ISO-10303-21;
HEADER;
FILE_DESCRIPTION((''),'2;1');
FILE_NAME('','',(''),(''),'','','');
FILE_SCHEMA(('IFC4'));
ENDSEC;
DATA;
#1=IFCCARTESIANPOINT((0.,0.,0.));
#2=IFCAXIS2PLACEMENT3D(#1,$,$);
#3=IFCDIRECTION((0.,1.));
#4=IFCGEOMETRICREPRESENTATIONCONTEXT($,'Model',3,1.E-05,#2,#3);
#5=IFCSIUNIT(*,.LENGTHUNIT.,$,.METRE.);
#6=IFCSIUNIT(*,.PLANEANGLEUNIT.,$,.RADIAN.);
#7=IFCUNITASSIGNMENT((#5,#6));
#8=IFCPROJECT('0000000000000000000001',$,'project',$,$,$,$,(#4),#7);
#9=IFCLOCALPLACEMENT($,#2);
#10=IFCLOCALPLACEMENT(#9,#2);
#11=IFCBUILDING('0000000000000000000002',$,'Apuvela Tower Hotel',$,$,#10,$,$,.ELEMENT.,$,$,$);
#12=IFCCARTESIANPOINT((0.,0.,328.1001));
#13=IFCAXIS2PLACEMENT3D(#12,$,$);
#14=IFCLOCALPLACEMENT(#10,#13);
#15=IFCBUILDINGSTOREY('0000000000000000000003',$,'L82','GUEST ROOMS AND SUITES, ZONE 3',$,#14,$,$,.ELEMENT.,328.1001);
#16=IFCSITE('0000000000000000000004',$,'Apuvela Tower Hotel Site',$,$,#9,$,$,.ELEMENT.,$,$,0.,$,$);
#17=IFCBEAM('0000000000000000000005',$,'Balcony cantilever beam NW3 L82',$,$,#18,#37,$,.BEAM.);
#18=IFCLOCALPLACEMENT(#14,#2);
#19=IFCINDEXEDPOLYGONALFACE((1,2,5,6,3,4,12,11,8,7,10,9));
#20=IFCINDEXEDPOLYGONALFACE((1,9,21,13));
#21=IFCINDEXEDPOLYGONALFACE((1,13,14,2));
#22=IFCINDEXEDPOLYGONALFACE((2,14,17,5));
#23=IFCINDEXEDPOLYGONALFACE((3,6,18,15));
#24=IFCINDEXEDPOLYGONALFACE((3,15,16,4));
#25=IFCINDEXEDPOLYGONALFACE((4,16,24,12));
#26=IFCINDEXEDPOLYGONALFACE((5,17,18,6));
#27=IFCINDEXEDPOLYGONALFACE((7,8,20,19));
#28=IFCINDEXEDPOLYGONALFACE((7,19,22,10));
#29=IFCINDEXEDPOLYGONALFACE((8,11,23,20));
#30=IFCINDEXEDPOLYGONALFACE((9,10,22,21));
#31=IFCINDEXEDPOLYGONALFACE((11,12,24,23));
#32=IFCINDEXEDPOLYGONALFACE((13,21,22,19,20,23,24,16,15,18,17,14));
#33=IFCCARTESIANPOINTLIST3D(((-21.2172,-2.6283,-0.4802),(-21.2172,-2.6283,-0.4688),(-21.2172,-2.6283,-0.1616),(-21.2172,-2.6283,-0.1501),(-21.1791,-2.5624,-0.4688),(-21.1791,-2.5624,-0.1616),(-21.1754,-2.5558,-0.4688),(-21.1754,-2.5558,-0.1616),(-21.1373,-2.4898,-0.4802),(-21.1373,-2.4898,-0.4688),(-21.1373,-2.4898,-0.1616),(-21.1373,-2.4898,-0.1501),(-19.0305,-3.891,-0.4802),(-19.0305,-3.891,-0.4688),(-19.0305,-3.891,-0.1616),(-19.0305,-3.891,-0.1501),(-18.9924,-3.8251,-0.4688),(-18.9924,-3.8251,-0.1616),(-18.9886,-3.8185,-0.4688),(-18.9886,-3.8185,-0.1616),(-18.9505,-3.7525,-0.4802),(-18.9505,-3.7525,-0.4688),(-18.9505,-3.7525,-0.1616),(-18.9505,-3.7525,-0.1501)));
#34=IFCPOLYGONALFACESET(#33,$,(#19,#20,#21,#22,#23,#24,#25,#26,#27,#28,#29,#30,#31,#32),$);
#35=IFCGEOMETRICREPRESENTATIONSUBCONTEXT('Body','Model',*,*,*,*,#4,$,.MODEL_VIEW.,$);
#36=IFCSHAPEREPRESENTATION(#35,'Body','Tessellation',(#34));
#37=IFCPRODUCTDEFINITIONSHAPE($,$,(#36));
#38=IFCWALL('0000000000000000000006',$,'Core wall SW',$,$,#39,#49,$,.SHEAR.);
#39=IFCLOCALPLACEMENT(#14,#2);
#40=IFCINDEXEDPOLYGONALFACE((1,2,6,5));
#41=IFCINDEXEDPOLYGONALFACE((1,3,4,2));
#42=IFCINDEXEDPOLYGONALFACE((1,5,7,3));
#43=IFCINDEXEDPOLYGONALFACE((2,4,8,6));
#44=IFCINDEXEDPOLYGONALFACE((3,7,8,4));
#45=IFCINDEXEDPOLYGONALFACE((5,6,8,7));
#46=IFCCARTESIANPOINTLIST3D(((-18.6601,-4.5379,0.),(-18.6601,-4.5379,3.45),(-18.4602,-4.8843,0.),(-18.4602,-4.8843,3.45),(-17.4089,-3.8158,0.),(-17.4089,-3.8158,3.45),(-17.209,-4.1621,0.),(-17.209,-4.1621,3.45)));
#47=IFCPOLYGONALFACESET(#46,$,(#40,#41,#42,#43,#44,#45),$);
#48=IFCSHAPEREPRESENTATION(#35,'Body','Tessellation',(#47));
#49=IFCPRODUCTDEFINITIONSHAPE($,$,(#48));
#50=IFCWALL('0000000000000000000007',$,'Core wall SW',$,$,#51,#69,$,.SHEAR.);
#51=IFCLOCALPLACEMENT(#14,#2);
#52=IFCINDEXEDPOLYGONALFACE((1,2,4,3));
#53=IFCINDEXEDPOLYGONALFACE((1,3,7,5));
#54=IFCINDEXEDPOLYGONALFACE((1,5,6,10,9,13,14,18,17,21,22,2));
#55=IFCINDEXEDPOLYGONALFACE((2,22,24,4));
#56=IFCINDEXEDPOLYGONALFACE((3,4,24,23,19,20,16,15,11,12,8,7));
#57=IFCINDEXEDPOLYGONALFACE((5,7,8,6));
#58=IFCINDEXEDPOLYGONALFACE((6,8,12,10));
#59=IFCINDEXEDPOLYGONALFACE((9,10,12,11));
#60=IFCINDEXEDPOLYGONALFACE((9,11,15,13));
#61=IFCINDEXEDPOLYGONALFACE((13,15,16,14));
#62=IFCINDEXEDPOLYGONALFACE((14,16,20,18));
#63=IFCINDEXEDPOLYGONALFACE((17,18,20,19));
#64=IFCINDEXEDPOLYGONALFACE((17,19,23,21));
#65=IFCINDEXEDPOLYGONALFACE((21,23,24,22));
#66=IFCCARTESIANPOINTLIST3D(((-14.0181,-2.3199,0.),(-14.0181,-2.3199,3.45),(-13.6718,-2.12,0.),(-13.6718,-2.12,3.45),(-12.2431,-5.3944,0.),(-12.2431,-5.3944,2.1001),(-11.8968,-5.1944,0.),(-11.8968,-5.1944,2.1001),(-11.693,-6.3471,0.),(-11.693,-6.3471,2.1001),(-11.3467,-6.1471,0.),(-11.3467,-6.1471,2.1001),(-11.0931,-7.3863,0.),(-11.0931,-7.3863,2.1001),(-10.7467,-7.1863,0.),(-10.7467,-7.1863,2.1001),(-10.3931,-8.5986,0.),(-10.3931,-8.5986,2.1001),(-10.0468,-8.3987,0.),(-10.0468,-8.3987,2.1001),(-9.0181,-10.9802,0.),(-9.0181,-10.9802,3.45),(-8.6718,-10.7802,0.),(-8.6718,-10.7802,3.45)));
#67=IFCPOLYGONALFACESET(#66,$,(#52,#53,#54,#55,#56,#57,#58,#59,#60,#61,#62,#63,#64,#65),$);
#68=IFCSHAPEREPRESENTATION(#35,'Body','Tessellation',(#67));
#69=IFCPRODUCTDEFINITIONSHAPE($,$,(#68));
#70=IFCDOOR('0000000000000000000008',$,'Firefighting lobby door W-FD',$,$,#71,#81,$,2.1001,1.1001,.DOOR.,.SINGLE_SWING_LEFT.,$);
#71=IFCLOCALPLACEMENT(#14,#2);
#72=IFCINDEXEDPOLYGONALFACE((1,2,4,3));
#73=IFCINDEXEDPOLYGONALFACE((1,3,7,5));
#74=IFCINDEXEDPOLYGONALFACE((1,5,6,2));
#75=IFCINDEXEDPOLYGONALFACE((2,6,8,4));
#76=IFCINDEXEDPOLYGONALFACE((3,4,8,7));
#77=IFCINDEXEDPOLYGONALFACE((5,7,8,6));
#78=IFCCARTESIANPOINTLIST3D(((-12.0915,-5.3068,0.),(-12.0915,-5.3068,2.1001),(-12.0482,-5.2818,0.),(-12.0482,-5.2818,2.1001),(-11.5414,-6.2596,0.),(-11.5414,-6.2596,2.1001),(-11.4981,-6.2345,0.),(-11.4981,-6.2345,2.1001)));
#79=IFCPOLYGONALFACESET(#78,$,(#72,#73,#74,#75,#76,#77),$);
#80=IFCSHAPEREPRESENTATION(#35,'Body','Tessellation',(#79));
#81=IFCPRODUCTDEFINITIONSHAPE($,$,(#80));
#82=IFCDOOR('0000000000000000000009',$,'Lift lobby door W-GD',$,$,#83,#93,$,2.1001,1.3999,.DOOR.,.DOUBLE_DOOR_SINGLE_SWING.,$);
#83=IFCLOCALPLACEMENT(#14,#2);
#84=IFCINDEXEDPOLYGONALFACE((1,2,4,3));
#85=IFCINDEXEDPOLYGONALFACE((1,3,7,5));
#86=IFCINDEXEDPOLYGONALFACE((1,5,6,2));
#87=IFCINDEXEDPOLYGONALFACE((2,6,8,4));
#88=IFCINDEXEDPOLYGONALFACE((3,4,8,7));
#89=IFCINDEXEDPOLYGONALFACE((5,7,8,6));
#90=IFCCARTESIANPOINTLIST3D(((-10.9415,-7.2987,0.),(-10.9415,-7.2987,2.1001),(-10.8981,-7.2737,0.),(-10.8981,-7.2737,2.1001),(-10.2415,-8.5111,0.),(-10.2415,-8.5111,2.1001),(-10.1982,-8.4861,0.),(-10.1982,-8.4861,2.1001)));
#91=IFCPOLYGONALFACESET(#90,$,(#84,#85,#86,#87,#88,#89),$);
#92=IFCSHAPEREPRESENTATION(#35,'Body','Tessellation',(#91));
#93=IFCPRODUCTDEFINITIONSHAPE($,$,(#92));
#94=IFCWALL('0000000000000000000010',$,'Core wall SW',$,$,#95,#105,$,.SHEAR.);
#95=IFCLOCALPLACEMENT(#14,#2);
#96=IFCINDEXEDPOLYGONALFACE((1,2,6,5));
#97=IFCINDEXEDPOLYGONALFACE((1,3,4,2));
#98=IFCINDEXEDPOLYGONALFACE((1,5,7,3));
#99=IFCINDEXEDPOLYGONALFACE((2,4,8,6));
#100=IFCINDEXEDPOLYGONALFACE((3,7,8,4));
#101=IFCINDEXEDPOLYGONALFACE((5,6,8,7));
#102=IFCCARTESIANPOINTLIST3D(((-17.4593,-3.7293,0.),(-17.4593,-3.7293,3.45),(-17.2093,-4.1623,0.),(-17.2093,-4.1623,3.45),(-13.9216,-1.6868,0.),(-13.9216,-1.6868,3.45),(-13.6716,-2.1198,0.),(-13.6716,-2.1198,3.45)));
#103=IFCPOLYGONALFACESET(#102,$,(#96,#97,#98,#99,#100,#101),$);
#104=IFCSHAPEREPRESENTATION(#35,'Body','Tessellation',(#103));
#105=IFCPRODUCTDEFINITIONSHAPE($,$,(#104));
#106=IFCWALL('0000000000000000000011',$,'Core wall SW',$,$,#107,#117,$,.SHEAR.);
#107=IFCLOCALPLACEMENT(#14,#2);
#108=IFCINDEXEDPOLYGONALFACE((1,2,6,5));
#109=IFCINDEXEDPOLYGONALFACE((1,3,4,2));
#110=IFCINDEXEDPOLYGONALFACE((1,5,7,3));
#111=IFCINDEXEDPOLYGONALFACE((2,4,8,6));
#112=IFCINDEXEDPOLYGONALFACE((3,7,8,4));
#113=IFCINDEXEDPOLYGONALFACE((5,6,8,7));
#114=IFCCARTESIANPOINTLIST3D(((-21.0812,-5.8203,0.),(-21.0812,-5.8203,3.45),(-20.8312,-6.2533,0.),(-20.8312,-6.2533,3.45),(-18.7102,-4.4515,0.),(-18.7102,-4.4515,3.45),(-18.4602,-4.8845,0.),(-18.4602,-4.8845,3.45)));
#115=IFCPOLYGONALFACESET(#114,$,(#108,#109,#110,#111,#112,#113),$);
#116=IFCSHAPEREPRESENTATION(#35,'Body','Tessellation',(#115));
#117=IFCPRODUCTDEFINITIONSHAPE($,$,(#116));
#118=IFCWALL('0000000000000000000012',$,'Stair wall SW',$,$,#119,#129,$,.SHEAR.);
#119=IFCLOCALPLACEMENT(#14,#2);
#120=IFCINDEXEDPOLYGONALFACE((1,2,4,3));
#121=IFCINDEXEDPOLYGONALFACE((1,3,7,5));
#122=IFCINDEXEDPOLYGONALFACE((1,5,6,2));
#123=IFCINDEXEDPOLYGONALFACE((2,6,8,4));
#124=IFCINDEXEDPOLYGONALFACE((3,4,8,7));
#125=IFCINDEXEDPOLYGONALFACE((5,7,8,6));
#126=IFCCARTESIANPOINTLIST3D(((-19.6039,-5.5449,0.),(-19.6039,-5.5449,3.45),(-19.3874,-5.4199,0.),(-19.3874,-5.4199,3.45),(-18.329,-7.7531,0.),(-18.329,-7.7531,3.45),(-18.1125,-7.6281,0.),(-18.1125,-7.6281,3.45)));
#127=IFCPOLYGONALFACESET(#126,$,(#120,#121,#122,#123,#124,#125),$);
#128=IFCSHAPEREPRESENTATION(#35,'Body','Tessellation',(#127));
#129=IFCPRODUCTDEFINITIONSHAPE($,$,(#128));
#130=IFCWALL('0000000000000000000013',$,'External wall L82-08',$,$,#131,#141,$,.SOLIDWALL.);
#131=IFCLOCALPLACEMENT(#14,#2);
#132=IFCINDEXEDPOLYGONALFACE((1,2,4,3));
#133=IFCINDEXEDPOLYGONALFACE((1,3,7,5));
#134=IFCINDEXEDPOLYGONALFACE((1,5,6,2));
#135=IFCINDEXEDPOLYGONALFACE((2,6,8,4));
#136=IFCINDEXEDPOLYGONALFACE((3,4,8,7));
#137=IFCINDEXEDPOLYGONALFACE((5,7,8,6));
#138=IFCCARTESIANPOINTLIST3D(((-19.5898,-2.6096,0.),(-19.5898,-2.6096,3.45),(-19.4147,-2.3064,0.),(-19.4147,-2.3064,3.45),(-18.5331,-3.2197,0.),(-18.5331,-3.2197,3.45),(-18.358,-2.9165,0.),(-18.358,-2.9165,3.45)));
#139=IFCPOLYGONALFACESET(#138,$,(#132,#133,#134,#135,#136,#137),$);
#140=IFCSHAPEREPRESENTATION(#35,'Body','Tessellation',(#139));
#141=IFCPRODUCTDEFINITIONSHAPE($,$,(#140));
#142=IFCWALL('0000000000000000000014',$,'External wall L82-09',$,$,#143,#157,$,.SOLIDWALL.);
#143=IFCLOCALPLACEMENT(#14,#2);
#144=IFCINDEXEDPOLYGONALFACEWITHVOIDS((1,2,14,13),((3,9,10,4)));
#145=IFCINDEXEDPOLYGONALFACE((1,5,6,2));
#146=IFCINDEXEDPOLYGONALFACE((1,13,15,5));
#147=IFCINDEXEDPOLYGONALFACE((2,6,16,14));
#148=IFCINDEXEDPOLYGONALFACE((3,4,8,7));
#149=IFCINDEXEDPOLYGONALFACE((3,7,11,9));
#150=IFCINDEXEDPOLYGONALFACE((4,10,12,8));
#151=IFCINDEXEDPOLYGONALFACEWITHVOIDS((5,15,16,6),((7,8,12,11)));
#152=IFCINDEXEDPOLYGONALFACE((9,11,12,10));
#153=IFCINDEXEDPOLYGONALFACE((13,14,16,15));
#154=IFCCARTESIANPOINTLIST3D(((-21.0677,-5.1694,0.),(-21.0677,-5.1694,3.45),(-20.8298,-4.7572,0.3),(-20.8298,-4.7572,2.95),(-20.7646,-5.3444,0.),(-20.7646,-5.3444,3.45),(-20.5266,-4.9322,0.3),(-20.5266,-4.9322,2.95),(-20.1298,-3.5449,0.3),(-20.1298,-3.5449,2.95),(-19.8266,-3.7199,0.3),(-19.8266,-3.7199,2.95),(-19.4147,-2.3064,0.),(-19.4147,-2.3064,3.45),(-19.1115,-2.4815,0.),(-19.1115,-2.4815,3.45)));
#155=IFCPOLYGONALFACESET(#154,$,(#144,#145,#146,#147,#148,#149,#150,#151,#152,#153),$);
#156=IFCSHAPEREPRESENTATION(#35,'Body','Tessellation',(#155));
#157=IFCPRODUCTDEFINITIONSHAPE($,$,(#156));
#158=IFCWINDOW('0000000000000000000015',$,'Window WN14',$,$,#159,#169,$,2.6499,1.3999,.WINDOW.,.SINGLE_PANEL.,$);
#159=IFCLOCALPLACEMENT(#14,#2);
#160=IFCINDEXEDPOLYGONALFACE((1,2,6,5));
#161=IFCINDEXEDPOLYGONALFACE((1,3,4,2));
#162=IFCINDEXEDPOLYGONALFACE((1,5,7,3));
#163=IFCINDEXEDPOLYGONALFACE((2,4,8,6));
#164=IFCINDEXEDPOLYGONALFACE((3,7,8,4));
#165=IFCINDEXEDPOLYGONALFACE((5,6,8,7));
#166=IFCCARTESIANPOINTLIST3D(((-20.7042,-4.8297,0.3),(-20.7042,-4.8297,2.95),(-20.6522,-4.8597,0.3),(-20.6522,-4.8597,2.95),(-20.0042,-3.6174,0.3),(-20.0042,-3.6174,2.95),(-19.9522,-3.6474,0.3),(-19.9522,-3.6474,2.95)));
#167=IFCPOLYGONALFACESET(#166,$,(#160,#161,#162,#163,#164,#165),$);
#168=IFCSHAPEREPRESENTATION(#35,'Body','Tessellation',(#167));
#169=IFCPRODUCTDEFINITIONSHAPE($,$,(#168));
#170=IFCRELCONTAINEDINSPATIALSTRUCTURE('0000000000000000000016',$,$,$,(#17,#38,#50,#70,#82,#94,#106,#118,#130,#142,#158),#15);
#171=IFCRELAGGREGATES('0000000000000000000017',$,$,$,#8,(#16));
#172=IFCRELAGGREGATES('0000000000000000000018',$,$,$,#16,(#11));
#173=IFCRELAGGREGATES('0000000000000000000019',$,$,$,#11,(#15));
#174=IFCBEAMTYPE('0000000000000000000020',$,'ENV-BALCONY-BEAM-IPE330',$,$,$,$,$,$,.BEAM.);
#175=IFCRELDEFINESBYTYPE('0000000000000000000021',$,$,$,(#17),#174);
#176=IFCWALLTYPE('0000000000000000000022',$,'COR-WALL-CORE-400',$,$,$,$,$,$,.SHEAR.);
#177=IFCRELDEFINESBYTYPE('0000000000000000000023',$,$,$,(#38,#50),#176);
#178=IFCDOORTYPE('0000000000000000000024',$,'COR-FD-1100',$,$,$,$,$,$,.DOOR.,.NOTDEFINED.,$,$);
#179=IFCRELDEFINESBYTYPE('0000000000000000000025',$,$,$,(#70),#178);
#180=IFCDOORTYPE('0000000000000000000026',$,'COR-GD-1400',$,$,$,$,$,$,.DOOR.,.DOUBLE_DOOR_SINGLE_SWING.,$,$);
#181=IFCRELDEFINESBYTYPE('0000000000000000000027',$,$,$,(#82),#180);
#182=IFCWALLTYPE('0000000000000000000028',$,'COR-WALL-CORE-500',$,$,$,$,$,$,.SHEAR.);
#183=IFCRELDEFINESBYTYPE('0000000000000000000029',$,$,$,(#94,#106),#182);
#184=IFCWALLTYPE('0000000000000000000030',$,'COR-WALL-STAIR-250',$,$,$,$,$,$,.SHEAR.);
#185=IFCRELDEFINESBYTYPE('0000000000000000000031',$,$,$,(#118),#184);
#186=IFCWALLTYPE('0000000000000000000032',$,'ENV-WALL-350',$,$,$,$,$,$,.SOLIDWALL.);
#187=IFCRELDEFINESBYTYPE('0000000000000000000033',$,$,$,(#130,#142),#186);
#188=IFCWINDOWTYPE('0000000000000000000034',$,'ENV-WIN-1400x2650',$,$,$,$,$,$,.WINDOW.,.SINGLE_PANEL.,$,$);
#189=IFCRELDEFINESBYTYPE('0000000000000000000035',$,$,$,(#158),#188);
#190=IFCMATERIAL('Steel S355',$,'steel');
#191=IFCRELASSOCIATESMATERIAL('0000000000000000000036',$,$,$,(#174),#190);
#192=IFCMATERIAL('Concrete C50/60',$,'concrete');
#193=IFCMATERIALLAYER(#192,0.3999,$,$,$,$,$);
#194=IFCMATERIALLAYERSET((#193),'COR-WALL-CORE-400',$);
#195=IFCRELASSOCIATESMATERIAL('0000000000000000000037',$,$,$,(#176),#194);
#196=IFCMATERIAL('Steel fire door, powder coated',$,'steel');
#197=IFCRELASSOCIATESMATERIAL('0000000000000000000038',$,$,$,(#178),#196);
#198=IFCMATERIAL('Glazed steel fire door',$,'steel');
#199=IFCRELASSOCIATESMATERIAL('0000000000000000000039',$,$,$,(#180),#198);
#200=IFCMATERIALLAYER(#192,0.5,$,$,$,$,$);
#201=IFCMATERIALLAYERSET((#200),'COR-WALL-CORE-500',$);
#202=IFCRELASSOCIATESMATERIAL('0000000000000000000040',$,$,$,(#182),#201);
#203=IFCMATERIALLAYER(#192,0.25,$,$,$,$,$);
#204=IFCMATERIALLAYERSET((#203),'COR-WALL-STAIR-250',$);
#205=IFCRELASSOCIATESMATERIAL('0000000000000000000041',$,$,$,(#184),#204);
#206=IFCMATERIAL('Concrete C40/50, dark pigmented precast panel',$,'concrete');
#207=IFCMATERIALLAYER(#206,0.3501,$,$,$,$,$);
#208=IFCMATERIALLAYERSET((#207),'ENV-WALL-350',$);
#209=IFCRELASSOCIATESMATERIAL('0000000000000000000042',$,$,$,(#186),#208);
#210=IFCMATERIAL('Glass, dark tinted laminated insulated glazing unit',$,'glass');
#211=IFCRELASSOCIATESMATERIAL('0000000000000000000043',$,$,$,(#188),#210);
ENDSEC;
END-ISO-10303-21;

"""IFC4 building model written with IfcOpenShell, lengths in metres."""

from ifc_helpers import new_model, si_unit, direction, frame, frame_2d, origin, origin_2d, place, context, subcontext, project, spatial, rectangle, i_section, extrude, material, layer, layer_set, material_profile, profile_set, type_object, element, fill, save


model = new_model("IFC4")

# Units and contexts
model_context = context("Model", 3, precision=1e-05, world=origin(), true_north=direction((0.0, 1.0)))
body_context = subcontext(model_context, "Body", "Model", "MODEL_VIEW")
ifc_project = project(units=[si_unit("LENGTHUNIT", "METRE"), si_unit("PLANEANGLEUNIT", "RADIAN")], contexts=[model_context])

# Site, building, storey
site_placement = place(None, origin())
site = spatial("IfcSite", under=ifc_project, at=site_placement, Name="Apuvela Tower Hotel Site", CompositionType="ELEMENT", RefElevation=0.0)
building_placement = place(site_placement, origin())
building = spatial("IfcBuilding", under=site, at=building_placement, Name="Apuvela Tower Hotel", CompositionType="ELEMENT")
storey_placement = place(building_placement, frame((0.0, 0.0, 328.1001)))
storey = spatial("IfcBuildingStorey", under=building, at=storey_placement, Name="L82", Description="GUEST ROOMS AND SUITES, ZONE 3", CompositionType="ELEMENT", Elevation=328.1001)

# Beam
ifc_material_1 = material(Name="Steel S355", Category="steel")
ifc_material_profile_1 = material_profile(ifc_material_1, i_section(OverallWidth=0.1599, OverallDepth=0.3301, WebThickness=0.0076, FlangeThickness=0.0115, at=origin_2d()), Name="IPE 330")
ifc_profile_set_1 = profile_set([ifc_material_profile_1], Name="Steel S355")
beam_type = type_object("IfcBeamType", Name="ENV-BALCONY-BEAM-IPE330", PredefinedType="BEAM", material=ifc_profile_set_1)
beam_placement = place(storey_placement, frame((-18.9905, -3.8218, -0.3152), z_axis=(-0.865997, 0.500049, 0.0), x_axis=(-0.500049, -0.865997, 0.0)))
element("IfcBeam", 1, at=beam_placement, inside=storey, type_object=beam_type, Name="Balcony cantilever beam NW3 L82", PredefinedType="BEAM", context=body_context, shape_type="SweptSolid", body=[
    extrude(i_section(OverallWidth=0.1599, OverallDepth=0.3301, WebThickness=0.0076, FlangeThickness=0.0115, at=origin_2d()), origin(), (0.0, 0.0, 1.0), 2.5251),
])

# Wall
ifc_material_2 = material(Name="Concrete C50/60", Category="concrete")
ifc_layer_1 = layer(ifc_material_2, 0.3999)
ifc_layer_set_1 = layer_set([ifc_layer_1], Name="COR-WALL-CORE-400")
wall_type_1 = type_object("IfcWallType", Name="COR-WALL-CORE-400", PredefinedType="SHEAR", material=ifc_layer_set_1)
wall_1_placement = place(storey_placement, frame((-17.3091, -3.989, 0.0), z_axis=(0.0, 0.0, 1.0), x_axis=(-0.866093, -0.499883, 0.0)))
element("IfcWall", 2, at=wall_1_placement, inside=storey, type_object=wall_type_1, Name="Core wall SW", PredefinedType="SHEAR", context=body_context, shape_type="SweptSolid", body=[
    extrude(rectangle(XDim=1.4446, YDim=0.3999, at=frame_2d((0.7222, 0.0))), origin(), (0.0, 0.0, 1.0), 3.45),
])

# Wall, openings, doors
wall_2_placement = place(storey_placement, frame((-13.845, -2.22, 0.0), z_axis=(0.0, 0.0, 1.0), x_axis=(0.500004, -0.866023, 0.0)))
wall_2 = element("IfcWall", 3, at=wall_2_placement, inside=storey, type_object=wall_type_1, Name="Core wall SW", PredefinedType="SHEAR", context=body_context, shape_type="SweptSolid", body=[
    extrude(rectangle(XDim=10.0, YDim=0.3999, at=frame_2d((5.0, 0.0))), origin(), (0.0, 0.0, 1.0), 3.45),
])
opening_1_placement = place(wall_2_placement, frame((3.55, 0.0, 0.0)))
opening_1 = element("IfcOpeningElement", 4, at=opening_1_placement, cuts=wall_2, PredefinedType="OPENING", context=body_context, shape_type="SweptSolid", body=[
    extrude(rectangle(XDim=1.1001, YDim=2.1001, at=frame_2d((0.55, 1.05))), frame((0.0, 0.21, 0.0), z_axis=(0.0, -1.0, 0.0), x_axis=(1.0, 0.0, 0.0)), (0.0, 0.0, 1.0), 0.4199),
])
opening_2_placement = place(wall_2_placement, frame((5.8501, 0.0, 0.0)))
opening_2 = element("IfcOpeningElement", 5, at=opening_2_placement, cuts=wall_2, PredefinedType="OPENING", context=body_context, shape_type="SweptSolid", body=[
    extrude(rectangle(XDim=1.3999, YDim=2.1001, at=frame_2d((0.7, 1.05))), frame((0.0, 0.21, 0.0), z_axis=(0.0, -1.0, 0.0), x_axis=(1.0, 0.0, 0.0)), (0.0, 0.0, 1.0), 0.4199),
])
ifc_material_3 = material(Name="Steel fire door, powder coated", Category="steel")
door_type_1 = type_object("IfcDoorType", Name="COR-FD-1100", OperationType="NOTDEFINED", PredefinedType="DOOR", material=ifc_material_3)
door_1_placement = place(opening_1_placement, frame((1.1001, 0.0, 0.0), z_axis=(0.0, 0.0, 1.0), x_axis=(-1.0, 0.0, 0.0)))
door_1 = element("IfcDoor", 6, at=door_1_placement, inside=storey, type_object=door_type_1, Name="Firefighting lobby door W-FD", OperationType="SINGLE_SWING_LEFT", OverallHeight=2.1001, OverallWidth=1.1001, PredefinedType="DOOR", context=body_context, shape_type="SweptSolid", body=[
    extrude(rectangle(XDim=1.1001, YDim=2.1001, at=frame_2d((0.55, 1.05))), frame((0.0, 0.0249, 0.0), z_axis=(0.0, -1.0, 0.0), x_axis=(1.0, 0.0, 0.0)), (0.0, 0.0, 1.0), 0.05),
])
fill(opening_1, door_1)
ifc_material_4 = material(Name="Glazed steel fire door", Category="steel")
door_type_2 = type_object("IfcDoorType", Name="COR-GD-1400", OperationType="DOUBLE_DOOR_SINGLE_SWING", PredefinedType="DOOR", material=ifc_material_4)
door_2_placement = place(opening_2_placement, frame((1.3999, 0.0, 0.0), z_axis=(0.0, 0.0, 1.0), x_axis=(-1.0, 0.0, 0.0)))
door_2 = element("IfcDoor", 7, at=door_2_placement, inside=storey, type_object=door_type_2, Name="Lift lobby door W-GD", OperationType="DOUBLE_DOOR_SINGLE_SWING", OverallHeight=2.1001, OverallWidth=1.3999, PredefinedType="DOOR", context=body_context, shape_type="SweptSolid", body=[
    extrude(rectangle(XDim=1.3999, YDim=2.1001, at=frame_2d((0.7, 1.05))), frame((0.0, 0.0249, 0.0), z_axis=(0.0, -1.0, 0.0), x_axis=(1.0, 0.0, 0.0)), (0.0, 0.0, 1.0), 0.05),
])
fill(opening_2, door_2)

# Walls
ifc_layer_2 = layer(ifc_material_2, 0.5)
ifc_layer_set_2 = layer_set([ifc_layer_2], Name="COR-WALL-CORE-500")
wall_type_2 = type_object("IfcWallType", Name="COR-WALL-CORE-500", PredefinedType="SHEAR", material=ifc_layer_set_2)
wall_3_placement = place(storey_placement, frame((-13.7966, -1.9033, 0.0), z_axis=(0.0, 0.0, 1.0), x_axis=(-0.86602, -0.500009, 0.0)))
element("IfcWall", 8, at=wall_3_placement, inside=storey, type_object=wall_type_2, Name="Core wall SW", PredefinedType="SHEAR", context=body_context, shape_type="SweptSolid", body=[
    extrude(rectangle(XDim=4.085, YDim=0.5, at=frame_2d((2.0425, 0.0))), origin(), (0.0, 0.0, 1.0), 3.45),
])
wall_4_placement = place(storey_placement, frame((-18.5852, -4.668, 0.0), z_axis=(0.0, 0.0, 1.0), x_axis=(-0.866034, -0.499985, 0.0)))
element("IfcWall", 9, at=wall_4_placement, inside=storey, type_object=wall_type_2, Name="Core wall SW", PredefinedType="SHEAR", context=body_context, shape_type="SweptSolid", body=[
    extrude(rectangle(XDim=2.7378, YDim=0.5, at=frame_2d((1.3689, 0.0))), origin(), (0.0, 0.0, 1.0), 3.45),
])
ifc_layer_3 = layer(ifc_material_2, 0.25)
ifc_layer_set_3 = layer_set([ifc_layer_3], Name="COR-WALL-STAIR-250")
wall_type_3 = type_object("IfcWallType", Name="COR-WALL-STAIR-250", PredefinedType="SHEAR", material=ifc_layer_set_3)
wall_5_placement = place(storey_placement, frame((-19.4956, -5.4824, 0.0), z_axis=(0.0, 0.0, 1.0), x_axis=(0.49999, -0.866031, 0.0)))
element("IfcWall", 10, at=wall_5_placement, inside=storey, type_object=wall_type_3, Name="Stair wall SW", PredefinedType="SHEAR", context=body_context, shape_type="SweptSolid", body=[
    extrude(rectangle(XDim=2.5498, YDim=0.25, at=frame_2d((1.2749, 0.0))), origin(), (0.0, 0.0, 1.0), 3.45),
])
ifc_material_5 = material(Name="Concrete C40/50, dark pigmented precast panel", Category="concrete")
ifc_layer_4 = layer(ifc_material_5, 0.3501)
ifc_layer_set_4 = layer_set([ifc_layer_4], Name="ENV-WALL-350")
wall_type_4 = type_object("IfcWallType", Name="ENV-WALL-350", PredefinedType="SOLIDWALL", material=ifc_layer_set_4)
wall_6_placement = place(storey_placement, frame((-18.4456, -3.0681, 0.0), z_axis=(0.0, 0.0, 1.0), x_axis=(-0.866006, 0.500034, 0.0)))
element("IfcWall", 11, at=wall_6_placement, inside=storey, type_object=wall_type_4, Name="External wall L82-08", PredefinedType="SOLIDWALL", context=body_context, shape_type="SweptSolid", body=[
    extrude(rectangle(XDim=1.2202, YDim=0.3501, at=frame_2d((0.6101, 0.0))), origin(), (0.0, 0.0, 1.0), 3.45),
])

# Wall, opening, window
wall_7_placement = place(storey_placement, frame((-19.2632, -2.394, 0.0), z_axis=(0.0, 0.0, 1.0), x_axis=(-0.500023, -0.866012, 0.0)))
wall_7 = element("IfcWall", 12, at=wall_7_placement, inside=storey, type_object=wall_type_4, Name="External wall L82-09", PredefinedType="SOLIDWALL", context=body_context, shape_type="SweptSolid", body=[
    extrude(rectangle(XDim=3.3059, YDim=0.3501, at=frame_2d((1.6528, 0.0))), origin(), (0.0, 0.0, 1.0), 3.45),
])
opening_3_placement = place(wall_7_placement, frame((1.4299, 0.0, 0.3)))
opening_3 = element("IfcOpeningElement", 13, at=opening_3_placement, cuts=wall_7, PredefinedType="OPENING", context=body_context, shape_type="SweptSolid", body=[
    extrude(rectangle(XDim=1.3999, YDim=2.6499, at=frame_2d((0.7, 1.325))), frame((0.0, 0.1851, 0.0), z_axis=(0.0, -1.0, 0.0), x_axis=(1.0, 0.0, 0.0)), (0.0, 0.0, 1.0), 0.3701),
])
ifc_material_6 = material(Name="Glass, dark tinted laminated insulated glazing unit", Category="glass")
window_type = type_object("IfcWindowType", Name="ENV-WIN-1400x2650", PartitioningType="SINGLE_PANEL", PredefinedType="WINDOW", material=ifc_material_6)
window_placement = place(opening_3_placement, origin())
window = element("IfcWindow", 14, at=window_placement, inside=storey, type_object=window_type, Name="Window WN14", OverallHeight=2.6499, OverallWidth=1.3999, PartitioningType="SINGLE_PANEL", PredefinedType="WINDOW", context=body_context, shape_type="SweptSolid", body=[
    extrude(rectangle(XDim=1.3999, YDim=2.6499, at=frame_2d((0.7, 1.325))), frame((0.0, 0.03, 0.0), z_axis=(0.0, -1.0, 0.0), x_axis=(1.0, 0.0, 0.0)), (0.0, 0.0, 1.0), 0.0601),
])
fill(opening_3, window)

save(model, "model.ifc")
